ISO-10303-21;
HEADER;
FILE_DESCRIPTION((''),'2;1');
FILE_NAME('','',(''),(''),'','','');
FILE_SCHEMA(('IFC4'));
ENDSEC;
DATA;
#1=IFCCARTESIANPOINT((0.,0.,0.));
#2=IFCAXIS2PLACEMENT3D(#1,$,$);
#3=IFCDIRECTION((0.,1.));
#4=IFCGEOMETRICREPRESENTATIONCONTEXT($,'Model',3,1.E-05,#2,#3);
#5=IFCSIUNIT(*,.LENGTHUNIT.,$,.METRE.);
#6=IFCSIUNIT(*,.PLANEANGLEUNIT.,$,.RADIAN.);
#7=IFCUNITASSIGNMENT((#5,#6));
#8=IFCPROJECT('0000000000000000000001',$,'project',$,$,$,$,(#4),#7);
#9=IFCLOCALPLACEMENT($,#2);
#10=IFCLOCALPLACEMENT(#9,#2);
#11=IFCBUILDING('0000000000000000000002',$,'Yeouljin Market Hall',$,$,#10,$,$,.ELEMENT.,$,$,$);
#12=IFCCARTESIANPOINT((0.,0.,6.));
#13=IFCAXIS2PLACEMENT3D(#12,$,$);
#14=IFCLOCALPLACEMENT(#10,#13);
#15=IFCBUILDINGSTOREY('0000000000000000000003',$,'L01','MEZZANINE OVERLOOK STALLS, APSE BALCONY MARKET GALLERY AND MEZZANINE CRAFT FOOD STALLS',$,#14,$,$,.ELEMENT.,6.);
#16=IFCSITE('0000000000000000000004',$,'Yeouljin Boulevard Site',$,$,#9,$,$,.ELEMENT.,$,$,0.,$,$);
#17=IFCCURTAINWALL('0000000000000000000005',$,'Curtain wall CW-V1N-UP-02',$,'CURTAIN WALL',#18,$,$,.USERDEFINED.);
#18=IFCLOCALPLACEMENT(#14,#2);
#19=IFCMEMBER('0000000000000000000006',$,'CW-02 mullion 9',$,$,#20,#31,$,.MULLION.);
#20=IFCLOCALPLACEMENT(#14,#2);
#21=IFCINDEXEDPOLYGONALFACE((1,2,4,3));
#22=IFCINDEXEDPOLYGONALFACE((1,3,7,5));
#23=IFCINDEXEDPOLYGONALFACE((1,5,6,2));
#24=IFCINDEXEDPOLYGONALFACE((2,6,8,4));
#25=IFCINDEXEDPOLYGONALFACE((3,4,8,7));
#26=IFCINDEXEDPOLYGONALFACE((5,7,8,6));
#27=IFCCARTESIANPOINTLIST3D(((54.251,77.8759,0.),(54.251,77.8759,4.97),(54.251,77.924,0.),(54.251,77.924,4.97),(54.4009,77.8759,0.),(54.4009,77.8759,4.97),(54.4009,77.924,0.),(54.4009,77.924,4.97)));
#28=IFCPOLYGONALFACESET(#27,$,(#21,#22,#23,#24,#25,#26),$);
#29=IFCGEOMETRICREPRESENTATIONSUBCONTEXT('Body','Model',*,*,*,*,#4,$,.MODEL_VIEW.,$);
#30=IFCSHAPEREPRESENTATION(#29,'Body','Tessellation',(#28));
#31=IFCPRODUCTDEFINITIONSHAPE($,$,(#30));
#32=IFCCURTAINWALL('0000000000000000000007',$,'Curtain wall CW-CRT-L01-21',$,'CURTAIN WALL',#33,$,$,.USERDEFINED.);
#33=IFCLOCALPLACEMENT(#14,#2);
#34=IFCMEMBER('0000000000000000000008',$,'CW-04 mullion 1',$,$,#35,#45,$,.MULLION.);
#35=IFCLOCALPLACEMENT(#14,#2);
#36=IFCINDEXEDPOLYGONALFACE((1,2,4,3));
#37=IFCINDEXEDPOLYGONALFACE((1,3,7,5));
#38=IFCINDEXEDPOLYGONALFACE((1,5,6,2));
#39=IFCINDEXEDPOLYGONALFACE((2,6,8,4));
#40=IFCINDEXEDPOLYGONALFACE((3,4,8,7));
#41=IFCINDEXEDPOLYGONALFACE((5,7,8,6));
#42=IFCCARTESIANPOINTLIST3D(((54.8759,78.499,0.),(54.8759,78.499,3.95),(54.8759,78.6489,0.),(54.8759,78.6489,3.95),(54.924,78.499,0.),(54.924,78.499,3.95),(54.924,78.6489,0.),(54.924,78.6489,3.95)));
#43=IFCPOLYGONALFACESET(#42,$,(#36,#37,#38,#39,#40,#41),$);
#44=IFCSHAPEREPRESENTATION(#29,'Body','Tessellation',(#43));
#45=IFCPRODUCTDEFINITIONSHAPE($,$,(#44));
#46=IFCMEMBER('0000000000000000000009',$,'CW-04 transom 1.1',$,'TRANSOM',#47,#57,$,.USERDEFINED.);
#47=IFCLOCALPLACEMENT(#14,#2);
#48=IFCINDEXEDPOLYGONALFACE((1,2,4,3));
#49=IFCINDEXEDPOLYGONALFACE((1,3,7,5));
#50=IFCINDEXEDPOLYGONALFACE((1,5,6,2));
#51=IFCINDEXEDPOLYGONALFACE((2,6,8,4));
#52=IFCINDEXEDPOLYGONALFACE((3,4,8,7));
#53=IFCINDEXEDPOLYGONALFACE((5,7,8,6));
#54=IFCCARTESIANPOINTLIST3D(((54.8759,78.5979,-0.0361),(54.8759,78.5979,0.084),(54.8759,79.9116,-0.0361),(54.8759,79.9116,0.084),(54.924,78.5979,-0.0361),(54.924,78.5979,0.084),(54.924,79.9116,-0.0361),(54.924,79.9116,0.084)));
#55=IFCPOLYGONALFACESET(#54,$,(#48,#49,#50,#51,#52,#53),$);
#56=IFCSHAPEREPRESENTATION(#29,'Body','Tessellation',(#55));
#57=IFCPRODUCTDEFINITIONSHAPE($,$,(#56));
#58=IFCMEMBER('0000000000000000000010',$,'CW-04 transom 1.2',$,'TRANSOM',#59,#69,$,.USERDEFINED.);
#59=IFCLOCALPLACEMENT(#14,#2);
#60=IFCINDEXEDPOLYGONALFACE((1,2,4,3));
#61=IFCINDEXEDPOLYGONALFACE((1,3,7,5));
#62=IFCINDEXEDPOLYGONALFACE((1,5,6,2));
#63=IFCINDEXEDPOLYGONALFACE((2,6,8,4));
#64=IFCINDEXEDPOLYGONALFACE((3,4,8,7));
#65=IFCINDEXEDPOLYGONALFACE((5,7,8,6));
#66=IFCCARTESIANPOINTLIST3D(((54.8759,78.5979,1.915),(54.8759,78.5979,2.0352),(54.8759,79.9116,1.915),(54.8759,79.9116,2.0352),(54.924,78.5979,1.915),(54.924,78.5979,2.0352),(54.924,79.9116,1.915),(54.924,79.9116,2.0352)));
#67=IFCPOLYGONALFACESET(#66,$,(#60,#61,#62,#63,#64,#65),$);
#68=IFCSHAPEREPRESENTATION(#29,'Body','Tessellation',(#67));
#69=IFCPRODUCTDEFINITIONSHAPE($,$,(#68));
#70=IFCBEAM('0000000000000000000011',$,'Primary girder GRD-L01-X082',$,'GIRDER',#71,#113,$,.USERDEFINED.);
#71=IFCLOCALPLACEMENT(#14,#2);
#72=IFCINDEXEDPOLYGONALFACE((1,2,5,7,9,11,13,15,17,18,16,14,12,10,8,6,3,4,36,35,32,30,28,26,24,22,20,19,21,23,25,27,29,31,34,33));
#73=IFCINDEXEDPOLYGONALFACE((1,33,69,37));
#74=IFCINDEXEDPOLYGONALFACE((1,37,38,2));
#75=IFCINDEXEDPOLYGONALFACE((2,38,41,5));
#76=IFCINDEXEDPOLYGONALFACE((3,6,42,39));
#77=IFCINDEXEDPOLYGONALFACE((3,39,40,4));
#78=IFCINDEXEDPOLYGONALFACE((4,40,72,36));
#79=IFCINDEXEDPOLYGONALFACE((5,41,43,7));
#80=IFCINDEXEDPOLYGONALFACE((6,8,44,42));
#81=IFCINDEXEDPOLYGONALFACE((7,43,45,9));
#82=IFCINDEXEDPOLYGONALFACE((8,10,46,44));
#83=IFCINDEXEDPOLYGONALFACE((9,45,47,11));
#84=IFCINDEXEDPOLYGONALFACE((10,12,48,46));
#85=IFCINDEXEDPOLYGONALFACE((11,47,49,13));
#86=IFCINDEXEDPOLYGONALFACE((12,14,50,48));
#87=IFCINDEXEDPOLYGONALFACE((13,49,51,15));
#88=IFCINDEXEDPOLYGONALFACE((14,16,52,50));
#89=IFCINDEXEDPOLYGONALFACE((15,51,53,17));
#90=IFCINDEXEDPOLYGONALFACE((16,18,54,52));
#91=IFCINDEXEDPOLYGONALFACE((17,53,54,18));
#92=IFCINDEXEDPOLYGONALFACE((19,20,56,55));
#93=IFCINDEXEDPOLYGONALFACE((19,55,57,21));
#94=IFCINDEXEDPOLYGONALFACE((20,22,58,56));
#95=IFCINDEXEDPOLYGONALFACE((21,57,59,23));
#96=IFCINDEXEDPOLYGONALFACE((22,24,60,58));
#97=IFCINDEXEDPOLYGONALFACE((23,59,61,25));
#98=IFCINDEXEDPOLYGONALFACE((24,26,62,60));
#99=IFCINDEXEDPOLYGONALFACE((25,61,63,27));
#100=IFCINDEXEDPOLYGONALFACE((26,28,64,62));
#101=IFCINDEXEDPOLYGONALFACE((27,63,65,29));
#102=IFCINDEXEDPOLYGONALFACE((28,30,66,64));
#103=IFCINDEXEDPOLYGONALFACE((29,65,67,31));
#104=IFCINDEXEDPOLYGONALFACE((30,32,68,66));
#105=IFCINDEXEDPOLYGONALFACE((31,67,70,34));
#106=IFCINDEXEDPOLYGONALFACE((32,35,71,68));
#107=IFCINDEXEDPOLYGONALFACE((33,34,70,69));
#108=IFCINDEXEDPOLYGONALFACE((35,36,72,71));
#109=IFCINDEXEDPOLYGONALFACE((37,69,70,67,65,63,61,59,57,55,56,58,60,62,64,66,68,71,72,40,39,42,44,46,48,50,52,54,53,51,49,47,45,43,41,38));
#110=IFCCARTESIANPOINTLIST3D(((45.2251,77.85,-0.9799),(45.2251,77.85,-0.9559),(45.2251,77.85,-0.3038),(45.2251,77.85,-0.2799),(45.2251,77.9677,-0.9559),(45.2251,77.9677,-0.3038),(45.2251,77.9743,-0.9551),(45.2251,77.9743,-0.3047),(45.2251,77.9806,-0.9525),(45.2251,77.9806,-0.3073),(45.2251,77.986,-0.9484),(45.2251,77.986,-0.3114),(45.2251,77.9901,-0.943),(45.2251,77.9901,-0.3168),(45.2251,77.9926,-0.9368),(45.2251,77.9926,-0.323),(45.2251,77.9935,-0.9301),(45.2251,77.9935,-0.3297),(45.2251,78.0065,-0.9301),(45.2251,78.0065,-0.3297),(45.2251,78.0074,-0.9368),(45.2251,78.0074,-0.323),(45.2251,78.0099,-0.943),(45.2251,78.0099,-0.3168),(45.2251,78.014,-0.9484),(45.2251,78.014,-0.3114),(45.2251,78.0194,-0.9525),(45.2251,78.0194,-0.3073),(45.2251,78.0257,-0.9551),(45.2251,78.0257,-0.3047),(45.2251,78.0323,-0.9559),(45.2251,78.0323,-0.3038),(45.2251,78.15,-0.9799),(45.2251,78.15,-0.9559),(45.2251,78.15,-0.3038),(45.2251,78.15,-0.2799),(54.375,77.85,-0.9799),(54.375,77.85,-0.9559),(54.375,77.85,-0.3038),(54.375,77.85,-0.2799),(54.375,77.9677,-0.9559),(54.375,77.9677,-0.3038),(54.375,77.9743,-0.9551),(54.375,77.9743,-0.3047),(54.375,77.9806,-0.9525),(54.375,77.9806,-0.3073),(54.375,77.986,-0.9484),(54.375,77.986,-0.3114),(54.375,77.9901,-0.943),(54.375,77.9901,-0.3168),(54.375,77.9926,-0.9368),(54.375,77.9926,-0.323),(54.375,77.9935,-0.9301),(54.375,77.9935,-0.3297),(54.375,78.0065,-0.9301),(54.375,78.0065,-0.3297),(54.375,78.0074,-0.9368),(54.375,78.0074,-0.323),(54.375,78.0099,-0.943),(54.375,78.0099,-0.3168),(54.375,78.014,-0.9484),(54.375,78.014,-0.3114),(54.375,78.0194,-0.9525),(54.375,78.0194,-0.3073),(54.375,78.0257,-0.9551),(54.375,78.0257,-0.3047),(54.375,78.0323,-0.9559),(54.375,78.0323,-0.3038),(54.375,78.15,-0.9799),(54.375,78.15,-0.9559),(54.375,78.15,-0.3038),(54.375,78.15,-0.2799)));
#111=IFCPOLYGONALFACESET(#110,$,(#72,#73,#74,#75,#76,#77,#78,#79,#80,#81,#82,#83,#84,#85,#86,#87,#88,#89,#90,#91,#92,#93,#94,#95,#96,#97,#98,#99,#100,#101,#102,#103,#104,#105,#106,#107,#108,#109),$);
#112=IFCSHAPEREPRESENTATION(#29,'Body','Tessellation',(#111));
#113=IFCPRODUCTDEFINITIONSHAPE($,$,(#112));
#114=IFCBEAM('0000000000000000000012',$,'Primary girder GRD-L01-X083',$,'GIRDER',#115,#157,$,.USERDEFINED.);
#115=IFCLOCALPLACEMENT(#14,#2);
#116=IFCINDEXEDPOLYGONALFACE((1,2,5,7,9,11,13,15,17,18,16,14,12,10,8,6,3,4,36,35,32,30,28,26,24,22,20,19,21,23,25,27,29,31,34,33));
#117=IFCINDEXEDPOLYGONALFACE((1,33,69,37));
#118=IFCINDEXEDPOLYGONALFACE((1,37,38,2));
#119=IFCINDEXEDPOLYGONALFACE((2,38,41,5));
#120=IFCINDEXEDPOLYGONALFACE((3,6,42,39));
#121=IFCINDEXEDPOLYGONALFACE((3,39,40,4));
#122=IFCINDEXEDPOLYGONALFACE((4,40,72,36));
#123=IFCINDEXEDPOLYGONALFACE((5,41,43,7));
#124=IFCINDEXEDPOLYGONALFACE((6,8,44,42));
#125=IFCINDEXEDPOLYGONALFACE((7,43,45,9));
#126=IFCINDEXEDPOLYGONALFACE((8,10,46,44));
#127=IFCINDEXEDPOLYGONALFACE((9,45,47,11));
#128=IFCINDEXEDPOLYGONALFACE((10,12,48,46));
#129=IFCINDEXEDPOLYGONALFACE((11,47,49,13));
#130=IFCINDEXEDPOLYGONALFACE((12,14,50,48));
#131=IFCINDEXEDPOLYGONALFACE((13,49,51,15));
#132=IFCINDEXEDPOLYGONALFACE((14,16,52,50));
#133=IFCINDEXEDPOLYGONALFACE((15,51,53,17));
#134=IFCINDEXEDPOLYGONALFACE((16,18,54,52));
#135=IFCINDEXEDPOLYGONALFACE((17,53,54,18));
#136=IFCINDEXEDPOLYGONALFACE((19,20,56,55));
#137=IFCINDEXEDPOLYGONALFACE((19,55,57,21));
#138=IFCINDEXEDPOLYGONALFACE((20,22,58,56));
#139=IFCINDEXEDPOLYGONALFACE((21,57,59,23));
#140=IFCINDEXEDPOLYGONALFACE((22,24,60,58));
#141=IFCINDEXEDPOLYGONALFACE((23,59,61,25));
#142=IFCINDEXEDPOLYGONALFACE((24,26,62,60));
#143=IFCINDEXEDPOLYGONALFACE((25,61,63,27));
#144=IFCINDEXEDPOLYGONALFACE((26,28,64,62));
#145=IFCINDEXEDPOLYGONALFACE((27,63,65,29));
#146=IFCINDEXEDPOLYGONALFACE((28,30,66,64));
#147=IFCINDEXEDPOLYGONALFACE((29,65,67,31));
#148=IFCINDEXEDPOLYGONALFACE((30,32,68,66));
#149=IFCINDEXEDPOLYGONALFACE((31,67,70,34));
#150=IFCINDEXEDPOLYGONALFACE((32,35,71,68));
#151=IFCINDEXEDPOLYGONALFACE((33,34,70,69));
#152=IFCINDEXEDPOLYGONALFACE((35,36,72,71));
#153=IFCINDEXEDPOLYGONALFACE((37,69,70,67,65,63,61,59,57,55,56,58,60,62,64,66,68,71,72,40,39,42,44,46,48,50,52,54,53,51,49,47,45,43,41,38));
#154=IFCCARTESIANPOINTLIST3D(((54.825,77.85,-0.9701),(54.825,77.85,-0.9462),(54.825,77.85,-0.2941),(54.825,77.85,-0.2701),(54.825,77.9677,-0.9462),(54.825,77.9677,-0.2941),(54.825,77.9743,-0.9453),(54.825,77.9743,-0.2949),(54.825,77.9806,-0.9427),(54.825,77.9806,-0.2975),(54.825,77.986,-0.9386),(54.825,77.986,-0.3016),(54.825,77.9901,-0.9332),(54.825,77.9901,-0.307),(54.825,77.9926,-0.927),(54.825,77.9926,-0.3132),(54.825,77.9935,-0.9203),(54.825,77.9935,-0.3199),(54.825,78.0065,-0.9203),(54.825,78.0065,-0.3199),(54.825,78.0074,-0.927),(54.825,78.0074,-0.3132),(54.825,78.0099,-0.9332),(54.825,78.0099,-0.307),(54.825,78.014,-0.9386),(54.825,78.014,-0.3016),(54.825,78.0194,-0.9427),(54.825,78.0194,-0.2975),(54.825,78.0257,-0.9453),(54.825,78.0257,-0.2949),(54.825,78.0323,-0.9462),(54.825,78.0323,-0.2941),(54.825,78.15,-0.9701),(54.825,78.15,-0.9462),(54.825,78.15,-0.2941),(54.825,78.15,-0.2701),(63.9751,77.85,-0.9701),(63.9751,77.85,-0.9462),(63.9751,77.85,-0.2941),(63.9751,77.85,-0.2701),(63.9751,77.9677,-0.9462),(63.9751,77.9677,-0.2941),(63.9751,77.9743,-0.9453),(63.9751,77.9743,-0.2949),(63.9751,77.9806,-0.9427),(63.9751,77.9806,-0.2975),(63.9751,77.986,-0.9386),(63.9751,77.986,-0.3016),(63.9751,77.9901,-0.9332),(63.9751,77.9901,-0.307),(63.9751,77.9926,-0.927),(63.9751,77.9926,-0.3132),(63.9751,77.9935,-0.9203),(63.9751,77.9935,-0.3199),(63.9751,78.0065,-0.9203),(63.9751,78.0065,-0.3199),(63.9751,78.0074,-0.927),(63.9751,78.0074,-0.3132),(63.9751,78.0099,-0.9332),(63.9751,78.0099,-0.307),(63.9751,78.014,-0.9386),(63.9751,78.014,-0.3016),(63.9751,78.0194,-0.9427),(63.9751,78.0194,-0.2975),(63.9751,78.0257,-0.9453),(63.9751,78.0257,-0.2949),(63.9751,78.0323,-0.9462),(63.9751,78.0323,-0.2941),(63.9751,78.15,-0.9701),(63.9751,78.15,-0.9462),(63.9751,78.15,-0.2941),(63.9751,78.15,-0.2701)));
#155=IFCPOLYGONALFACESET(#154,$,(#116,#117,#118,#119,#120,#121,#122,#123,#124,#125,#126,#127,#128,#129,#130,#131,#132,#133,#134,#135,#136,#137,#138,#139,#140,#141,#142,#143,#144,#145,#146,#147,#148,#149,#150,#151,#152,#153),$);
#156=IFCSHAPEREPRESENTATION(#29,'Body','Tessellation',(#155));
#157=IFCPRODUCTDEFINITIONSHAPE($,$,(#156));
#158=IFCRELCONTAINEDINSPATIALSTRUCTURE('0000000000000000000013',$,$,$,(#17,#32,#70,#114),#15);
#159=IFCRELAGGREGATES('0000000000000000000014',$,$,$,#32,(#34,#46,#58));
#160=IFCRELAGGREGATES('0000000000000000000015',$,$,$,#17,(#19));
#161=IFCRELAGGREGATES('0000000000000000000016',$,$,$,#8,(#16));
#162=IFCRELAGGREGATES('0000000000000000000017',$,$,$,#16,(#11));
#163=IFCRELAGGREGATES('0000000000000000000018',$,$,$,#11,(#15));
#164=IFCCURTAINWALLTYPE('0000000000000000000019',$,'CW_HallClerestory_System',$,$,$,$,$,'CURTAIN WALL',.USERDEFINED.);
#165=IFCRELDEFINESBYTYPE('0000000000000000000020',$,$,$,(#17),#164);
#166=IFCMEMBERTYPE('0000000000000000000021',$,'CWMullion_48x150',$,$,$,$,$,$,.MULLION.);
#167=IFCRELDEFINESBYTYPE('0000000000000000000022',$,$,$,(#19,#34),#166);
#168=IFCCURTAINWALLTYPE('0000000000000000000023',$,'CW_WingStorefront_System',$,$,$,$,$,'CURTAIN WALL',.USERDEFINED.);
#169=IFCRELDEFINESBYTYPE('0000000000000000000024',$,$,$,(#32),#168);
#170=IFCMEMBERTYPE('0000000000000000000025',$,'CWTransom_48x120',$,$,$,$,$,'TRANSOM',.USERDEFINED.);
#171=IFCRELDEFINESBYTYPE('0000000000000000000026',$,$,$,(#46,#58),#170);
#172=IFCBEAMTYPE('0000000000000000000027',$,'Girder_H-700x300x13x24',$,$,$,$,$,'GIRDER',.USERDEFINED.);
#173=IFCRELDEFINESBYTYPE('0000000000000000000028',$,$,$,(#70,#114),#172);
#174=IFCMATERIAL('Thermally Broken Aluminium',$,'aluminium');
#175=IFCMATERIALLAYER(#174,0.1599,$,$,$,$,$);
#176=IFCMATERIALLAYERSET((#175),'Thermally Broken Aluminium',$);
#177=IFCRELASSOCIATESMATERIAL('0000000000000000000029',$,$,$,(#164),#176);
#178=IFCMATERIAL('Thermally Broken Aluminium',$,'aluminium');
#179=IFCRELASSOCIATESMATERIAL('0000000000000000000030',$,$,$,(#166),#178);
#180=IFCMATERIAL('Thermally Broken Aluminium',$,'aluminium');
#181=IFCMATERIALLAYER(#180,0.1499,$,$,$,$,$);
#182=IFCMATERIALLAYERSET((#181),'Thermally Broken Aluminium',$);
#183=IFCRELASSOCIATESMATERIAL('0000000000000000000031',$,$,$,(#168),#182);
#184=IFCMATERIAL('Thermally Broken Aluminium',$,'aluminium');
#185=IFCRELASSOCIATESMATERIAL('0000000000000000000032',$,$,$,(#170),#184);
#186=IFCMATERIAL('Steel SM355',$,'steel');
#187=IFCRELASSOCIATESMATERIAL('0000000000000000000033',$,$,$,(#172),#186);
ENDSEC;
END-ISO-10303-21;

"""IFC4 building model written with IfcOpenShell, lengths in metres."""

from ifc_helpers import new_model, si_unit, direction, frame, origin, origin_2d, place, context, subcontext, project, spatial, rectangle, i_section, extrude, material, layer, layer_set, material_profile, profile_set, type_object, element, aggregate, save


model = new_model("IFC4")

# Units and contexts
model_context = context("Model", 3, precision=1e-05, world=origin(), true_north=direction((0.0, 1.0)))
body_context = subcontext(model_context, "Body", "Model", "MODEL_VIEW")
ifc_project = project(units=[si_unit("LENGTHUNIT", "METRE"), si_unit("PLANEANGLEUNIT", "RADIAN")], contexts=[model_context])

# Site, building, storey
site_placement = place(None, origin())
site = spatial("IfcSite", under=ifc_project, at=site_placement, Name="Yeouljin Boulevard Site", CompositionType="ELEMENT", RefElevation=0.0)
building_placement = place(site_placement, origin())
building = spatial("IfcBuilding", under=site, at=building_placement, Name="Yeouljin Market Hall", CompositionType="ELEMENT")
storey_placement = place(building_placement, frame((0.0, 0.0, 6.0)))
storey = spatial("IfcBuildingStorey", under=building, at=storey_placement, Name="L01", Description="MEZZANINE OVERLOOK STALLS, APSE BALCONY MARKET GALLERY AND MEZZANINE CRAFT FOOD STALLS", CompositionType="ELEMENT", Elevation=6.0)

# Curtain wall, member
ifc_material_1 = material(Name="Thermally Broken Aluminium", Category="aluminium")
ifc_layer_1 = layer(ifc_material_1, 0.1599)
ifc_layer_set_1 = layer_set([ifc_layer_1], Name="Thermally Broken Aluminium")
curtain_wall_type_1 = type_object("IfcCurtainWallType", Name="CW_HallClerestory_System", ElementType="CURTAIN WALL", PredefinedType="USERDEFINED", material=ifc_layer_set_1)
curtain_wall_1_placement = place(storey_placement, origin())
curtain_wall_1 = element("IfcCurtainWall", 1, at=curtain_wall_1_placement, inside=storey, type_object=curtain_wall_type_1, Name="Curtain wall CW-V1N-UP-02", ObjectType="CURTAIN WALL", PredefinedType="USERDEFINED")
ifc_material_2 = material(Name="Thermally Broken Aluminium", Category="aluminium")
ifc_material_profile_1 = material_profile(ifc_material_2, rectangle(XDim=0.0481, YDim=0.1499, at=origin_2d()), Name="CW-MULL-48x150")
ifc_profile_set_1 = profile_set([ifc_material_profile_1], Name="Thermally Broken Aluminium")
member_type_1 = type_object("IfcMemberType", Name="CWMullion_48x150", PredefinedType="MULLION", material=ifc_profile_set_1)
member_1_placement = place(storey_placement, frame((54.3259, 77.8999, 0.0), z_axis=(0.0, 0.0, 1.0), x_axis=(0.0, 1.0, 0.0)))
member_1 = element("IfcMember", 2, at=member_1_placement, type_object=member_type_1, Name="CW-02 mullion 9", PredefinedType="MULLION", context=body_context, shape_type="SweptSolid", body=[
    extrude(rectangle(XDim=0.0481, YDim=0.1499, at=origin_2d()), origin(), (0.0, 0.0, 1.0), 4.97),
])

# Curtain wall, members
ifc_material_3 = material(Name="Thermally Broken Aluminium", Category="aluminium")
ifc_layer_2 = layer(ifc_material_3, 0.1499)
ifc_layer_set_2 = layer_set([ifc_layer_2], Name="Thermally Broken Aluminium")
curtain_wall_type_2 = type_object("IfcCurtainWallType", Name="CW_WingStorefront_System", ElementType="CURTAIN WALL", PredefinedType="USERDEFINED", material=ifc_layer_set_2)
curtain_wall_2_placement = place(storey_placement, origin())
curtain_wall_2 = element("IfcCurtainWall", 3, at=curtain_wall_2_placement, inside=storey, type_object=curtain_wall_type_2, Name="Curtain wall CW-CRT-L01-21", ObjectType="CURTAIN WALL", PredefinedType="USERDEFINED")
member_2_placement = place(storey_placement, frame((54.8999, 78.574, 0.0), z_axis=(0.0, 0.0, 1.0), x_axis=(-1.0, 0.0, 0.0)))
member_2 = element("IfcMember", 4, at=member_2_placement, type_object=member_type_1, Name="CW-04 mullion 1", PredefinedType="MULLION", context=body_context, shape_type="SweptSolid", body=[
    extrude(rectangle(XDim=0.0481, YDim=0.1499, at=origin_2d()), origin(), (0.0, 0.0, 1.0), 3.95),
])
ifc_material_4 = material(Name="Thermally Broken Aluminium", Category="aluminium")
ifc_material_profile_2 = material_profile(ifc_material_4, rectangle(XDim=0.0481, YDim=0.1201, at=origin_2d()), Name="CW-TRAN-48x120")
ifc_profile_set_2 = profile_set([ifc_material_profile_2], Name="Thermally Broken Aluminium")
member_type_2 = type_object("IfcMemberType", Name="CWTransom_48x120", ElementType="TRANSOM", PredefinedType="USERDEFINED", material=ifc_profile_set_2)
member_3_placement = place(storey_placement, frame((54.8999, 78.5979, 0.0239), z_axis=(0.0, 1.0, 0.0), x_axis=(-1.0, 0.0, 0.0)))
member_3 = element("IfcMember", 5, at=member_3_placement, type_object=member_type_2, Name="CW-04 transom 1.1", ObjectType="TRANSOM", PredefinedType="USERDEFINED", context=body_context, shape_type="SweptSolid", body=[
    extrude(rectangle(XDim=0.0481, YDim=0.1201, at=origin_2d()), origin(), (0.0, 0.0, 1.0), 1.3137),
])
member_4_placement = place(storey_placement, frame((54.8999, 78.5979, 1.9751), z_axis=(0.0, 1.0, 0.0), x_axis=(-1.0, 0.0, 0.0)))
member_4 = element("IfcMember", 6, at=member_4_placement, type_object=member_type_2, Name="CW-04 transom 1.2", ObjectType="TRANSOM", PredefinedType="USERDEFINED", context=body_context, shape_type="SweptSolid", body=[
    extrude(rectangle(XDim=0.0481, YDim=0.1201, at=origin_2d()), origin(), (0.0, 0.0, 1.0), 1.3137),
])
aggregate(curtain_wall_2, [member_2, member_3, member_4])

# Beams
ifc_material_5 = material(Name="Steel SM355", Category="steel")
ifc_material_profile_3 = material_profile(ifc_material_5, i_section(OverallWidth=0.3, OverallDepth=0.7, WebThickness=0.0129, FlangeThickness=0.0239, FilletRadius=0.0259, at=origin_2d()), Name="H-700x300x13x24")
ifc_profile_set_3 = profile_set([ifc_material_profile_3], Name="Steel SM355")
beam_type_1 = type_object("IfcBeamType", Name="Girder_H-700x300x13x24", ElementType="GIRDER", PredefinedType="USERDEFINED", material=ifc_profile_set_3)
beam_1_placement = place(storey_placement, frame((45.2251, 78.0, -0.6299), z_axis=(1.0, 0.0, 0.0), x_axis=(0.0, 1.0, 0.0)))
element("IfcBeam", 7, at=beam_1_placement, inside=storey, type_object=beam_type_1, Name="Primary girder GRD-L01-X082", ObjectType="GIRDER", PredefinedType="USERDEFINED", context=body_context, shape_type="SweptSolid", body=[
    extrude(i_section(OverallWidth=0.3, OverallDepth=0.7, WebThickness=0.0129, FlangeThickness=0.0239, FilletRadius=0.0259, at=origin_2d()), origin(), (0.0, 0.0, 1.0), 9.1499),
])
beam_2_placement = place(storey_placement, frame((54.825, 78.0, -0.6201), z_axis=(1.0, 0.0, 0.0), x_axis=(0.0, 1.0, 0.0)))
element("IfcBeam", 8, at=beam_2_placement, inside=storey, type_object=beam_type_1, Name="Primary girder GRD-L01-X083", ObjectType="GIRDER", PredefinedType="USERDEFINED", context=body_context, shape_type="SweptSolid", body=[
    extrude(i_section(OverallWidth=0.3, OverallDepth=0.7, WebThickness=0.0129, FlangeThickness=0.0239, FilletRadius=0.0259, at=origin_2d()), origin(), (0.0, 0.0, 1.0), 9.1501),
])

aggregate(curtain_wall_1, [member_1])

save(model, "model.ifc")
